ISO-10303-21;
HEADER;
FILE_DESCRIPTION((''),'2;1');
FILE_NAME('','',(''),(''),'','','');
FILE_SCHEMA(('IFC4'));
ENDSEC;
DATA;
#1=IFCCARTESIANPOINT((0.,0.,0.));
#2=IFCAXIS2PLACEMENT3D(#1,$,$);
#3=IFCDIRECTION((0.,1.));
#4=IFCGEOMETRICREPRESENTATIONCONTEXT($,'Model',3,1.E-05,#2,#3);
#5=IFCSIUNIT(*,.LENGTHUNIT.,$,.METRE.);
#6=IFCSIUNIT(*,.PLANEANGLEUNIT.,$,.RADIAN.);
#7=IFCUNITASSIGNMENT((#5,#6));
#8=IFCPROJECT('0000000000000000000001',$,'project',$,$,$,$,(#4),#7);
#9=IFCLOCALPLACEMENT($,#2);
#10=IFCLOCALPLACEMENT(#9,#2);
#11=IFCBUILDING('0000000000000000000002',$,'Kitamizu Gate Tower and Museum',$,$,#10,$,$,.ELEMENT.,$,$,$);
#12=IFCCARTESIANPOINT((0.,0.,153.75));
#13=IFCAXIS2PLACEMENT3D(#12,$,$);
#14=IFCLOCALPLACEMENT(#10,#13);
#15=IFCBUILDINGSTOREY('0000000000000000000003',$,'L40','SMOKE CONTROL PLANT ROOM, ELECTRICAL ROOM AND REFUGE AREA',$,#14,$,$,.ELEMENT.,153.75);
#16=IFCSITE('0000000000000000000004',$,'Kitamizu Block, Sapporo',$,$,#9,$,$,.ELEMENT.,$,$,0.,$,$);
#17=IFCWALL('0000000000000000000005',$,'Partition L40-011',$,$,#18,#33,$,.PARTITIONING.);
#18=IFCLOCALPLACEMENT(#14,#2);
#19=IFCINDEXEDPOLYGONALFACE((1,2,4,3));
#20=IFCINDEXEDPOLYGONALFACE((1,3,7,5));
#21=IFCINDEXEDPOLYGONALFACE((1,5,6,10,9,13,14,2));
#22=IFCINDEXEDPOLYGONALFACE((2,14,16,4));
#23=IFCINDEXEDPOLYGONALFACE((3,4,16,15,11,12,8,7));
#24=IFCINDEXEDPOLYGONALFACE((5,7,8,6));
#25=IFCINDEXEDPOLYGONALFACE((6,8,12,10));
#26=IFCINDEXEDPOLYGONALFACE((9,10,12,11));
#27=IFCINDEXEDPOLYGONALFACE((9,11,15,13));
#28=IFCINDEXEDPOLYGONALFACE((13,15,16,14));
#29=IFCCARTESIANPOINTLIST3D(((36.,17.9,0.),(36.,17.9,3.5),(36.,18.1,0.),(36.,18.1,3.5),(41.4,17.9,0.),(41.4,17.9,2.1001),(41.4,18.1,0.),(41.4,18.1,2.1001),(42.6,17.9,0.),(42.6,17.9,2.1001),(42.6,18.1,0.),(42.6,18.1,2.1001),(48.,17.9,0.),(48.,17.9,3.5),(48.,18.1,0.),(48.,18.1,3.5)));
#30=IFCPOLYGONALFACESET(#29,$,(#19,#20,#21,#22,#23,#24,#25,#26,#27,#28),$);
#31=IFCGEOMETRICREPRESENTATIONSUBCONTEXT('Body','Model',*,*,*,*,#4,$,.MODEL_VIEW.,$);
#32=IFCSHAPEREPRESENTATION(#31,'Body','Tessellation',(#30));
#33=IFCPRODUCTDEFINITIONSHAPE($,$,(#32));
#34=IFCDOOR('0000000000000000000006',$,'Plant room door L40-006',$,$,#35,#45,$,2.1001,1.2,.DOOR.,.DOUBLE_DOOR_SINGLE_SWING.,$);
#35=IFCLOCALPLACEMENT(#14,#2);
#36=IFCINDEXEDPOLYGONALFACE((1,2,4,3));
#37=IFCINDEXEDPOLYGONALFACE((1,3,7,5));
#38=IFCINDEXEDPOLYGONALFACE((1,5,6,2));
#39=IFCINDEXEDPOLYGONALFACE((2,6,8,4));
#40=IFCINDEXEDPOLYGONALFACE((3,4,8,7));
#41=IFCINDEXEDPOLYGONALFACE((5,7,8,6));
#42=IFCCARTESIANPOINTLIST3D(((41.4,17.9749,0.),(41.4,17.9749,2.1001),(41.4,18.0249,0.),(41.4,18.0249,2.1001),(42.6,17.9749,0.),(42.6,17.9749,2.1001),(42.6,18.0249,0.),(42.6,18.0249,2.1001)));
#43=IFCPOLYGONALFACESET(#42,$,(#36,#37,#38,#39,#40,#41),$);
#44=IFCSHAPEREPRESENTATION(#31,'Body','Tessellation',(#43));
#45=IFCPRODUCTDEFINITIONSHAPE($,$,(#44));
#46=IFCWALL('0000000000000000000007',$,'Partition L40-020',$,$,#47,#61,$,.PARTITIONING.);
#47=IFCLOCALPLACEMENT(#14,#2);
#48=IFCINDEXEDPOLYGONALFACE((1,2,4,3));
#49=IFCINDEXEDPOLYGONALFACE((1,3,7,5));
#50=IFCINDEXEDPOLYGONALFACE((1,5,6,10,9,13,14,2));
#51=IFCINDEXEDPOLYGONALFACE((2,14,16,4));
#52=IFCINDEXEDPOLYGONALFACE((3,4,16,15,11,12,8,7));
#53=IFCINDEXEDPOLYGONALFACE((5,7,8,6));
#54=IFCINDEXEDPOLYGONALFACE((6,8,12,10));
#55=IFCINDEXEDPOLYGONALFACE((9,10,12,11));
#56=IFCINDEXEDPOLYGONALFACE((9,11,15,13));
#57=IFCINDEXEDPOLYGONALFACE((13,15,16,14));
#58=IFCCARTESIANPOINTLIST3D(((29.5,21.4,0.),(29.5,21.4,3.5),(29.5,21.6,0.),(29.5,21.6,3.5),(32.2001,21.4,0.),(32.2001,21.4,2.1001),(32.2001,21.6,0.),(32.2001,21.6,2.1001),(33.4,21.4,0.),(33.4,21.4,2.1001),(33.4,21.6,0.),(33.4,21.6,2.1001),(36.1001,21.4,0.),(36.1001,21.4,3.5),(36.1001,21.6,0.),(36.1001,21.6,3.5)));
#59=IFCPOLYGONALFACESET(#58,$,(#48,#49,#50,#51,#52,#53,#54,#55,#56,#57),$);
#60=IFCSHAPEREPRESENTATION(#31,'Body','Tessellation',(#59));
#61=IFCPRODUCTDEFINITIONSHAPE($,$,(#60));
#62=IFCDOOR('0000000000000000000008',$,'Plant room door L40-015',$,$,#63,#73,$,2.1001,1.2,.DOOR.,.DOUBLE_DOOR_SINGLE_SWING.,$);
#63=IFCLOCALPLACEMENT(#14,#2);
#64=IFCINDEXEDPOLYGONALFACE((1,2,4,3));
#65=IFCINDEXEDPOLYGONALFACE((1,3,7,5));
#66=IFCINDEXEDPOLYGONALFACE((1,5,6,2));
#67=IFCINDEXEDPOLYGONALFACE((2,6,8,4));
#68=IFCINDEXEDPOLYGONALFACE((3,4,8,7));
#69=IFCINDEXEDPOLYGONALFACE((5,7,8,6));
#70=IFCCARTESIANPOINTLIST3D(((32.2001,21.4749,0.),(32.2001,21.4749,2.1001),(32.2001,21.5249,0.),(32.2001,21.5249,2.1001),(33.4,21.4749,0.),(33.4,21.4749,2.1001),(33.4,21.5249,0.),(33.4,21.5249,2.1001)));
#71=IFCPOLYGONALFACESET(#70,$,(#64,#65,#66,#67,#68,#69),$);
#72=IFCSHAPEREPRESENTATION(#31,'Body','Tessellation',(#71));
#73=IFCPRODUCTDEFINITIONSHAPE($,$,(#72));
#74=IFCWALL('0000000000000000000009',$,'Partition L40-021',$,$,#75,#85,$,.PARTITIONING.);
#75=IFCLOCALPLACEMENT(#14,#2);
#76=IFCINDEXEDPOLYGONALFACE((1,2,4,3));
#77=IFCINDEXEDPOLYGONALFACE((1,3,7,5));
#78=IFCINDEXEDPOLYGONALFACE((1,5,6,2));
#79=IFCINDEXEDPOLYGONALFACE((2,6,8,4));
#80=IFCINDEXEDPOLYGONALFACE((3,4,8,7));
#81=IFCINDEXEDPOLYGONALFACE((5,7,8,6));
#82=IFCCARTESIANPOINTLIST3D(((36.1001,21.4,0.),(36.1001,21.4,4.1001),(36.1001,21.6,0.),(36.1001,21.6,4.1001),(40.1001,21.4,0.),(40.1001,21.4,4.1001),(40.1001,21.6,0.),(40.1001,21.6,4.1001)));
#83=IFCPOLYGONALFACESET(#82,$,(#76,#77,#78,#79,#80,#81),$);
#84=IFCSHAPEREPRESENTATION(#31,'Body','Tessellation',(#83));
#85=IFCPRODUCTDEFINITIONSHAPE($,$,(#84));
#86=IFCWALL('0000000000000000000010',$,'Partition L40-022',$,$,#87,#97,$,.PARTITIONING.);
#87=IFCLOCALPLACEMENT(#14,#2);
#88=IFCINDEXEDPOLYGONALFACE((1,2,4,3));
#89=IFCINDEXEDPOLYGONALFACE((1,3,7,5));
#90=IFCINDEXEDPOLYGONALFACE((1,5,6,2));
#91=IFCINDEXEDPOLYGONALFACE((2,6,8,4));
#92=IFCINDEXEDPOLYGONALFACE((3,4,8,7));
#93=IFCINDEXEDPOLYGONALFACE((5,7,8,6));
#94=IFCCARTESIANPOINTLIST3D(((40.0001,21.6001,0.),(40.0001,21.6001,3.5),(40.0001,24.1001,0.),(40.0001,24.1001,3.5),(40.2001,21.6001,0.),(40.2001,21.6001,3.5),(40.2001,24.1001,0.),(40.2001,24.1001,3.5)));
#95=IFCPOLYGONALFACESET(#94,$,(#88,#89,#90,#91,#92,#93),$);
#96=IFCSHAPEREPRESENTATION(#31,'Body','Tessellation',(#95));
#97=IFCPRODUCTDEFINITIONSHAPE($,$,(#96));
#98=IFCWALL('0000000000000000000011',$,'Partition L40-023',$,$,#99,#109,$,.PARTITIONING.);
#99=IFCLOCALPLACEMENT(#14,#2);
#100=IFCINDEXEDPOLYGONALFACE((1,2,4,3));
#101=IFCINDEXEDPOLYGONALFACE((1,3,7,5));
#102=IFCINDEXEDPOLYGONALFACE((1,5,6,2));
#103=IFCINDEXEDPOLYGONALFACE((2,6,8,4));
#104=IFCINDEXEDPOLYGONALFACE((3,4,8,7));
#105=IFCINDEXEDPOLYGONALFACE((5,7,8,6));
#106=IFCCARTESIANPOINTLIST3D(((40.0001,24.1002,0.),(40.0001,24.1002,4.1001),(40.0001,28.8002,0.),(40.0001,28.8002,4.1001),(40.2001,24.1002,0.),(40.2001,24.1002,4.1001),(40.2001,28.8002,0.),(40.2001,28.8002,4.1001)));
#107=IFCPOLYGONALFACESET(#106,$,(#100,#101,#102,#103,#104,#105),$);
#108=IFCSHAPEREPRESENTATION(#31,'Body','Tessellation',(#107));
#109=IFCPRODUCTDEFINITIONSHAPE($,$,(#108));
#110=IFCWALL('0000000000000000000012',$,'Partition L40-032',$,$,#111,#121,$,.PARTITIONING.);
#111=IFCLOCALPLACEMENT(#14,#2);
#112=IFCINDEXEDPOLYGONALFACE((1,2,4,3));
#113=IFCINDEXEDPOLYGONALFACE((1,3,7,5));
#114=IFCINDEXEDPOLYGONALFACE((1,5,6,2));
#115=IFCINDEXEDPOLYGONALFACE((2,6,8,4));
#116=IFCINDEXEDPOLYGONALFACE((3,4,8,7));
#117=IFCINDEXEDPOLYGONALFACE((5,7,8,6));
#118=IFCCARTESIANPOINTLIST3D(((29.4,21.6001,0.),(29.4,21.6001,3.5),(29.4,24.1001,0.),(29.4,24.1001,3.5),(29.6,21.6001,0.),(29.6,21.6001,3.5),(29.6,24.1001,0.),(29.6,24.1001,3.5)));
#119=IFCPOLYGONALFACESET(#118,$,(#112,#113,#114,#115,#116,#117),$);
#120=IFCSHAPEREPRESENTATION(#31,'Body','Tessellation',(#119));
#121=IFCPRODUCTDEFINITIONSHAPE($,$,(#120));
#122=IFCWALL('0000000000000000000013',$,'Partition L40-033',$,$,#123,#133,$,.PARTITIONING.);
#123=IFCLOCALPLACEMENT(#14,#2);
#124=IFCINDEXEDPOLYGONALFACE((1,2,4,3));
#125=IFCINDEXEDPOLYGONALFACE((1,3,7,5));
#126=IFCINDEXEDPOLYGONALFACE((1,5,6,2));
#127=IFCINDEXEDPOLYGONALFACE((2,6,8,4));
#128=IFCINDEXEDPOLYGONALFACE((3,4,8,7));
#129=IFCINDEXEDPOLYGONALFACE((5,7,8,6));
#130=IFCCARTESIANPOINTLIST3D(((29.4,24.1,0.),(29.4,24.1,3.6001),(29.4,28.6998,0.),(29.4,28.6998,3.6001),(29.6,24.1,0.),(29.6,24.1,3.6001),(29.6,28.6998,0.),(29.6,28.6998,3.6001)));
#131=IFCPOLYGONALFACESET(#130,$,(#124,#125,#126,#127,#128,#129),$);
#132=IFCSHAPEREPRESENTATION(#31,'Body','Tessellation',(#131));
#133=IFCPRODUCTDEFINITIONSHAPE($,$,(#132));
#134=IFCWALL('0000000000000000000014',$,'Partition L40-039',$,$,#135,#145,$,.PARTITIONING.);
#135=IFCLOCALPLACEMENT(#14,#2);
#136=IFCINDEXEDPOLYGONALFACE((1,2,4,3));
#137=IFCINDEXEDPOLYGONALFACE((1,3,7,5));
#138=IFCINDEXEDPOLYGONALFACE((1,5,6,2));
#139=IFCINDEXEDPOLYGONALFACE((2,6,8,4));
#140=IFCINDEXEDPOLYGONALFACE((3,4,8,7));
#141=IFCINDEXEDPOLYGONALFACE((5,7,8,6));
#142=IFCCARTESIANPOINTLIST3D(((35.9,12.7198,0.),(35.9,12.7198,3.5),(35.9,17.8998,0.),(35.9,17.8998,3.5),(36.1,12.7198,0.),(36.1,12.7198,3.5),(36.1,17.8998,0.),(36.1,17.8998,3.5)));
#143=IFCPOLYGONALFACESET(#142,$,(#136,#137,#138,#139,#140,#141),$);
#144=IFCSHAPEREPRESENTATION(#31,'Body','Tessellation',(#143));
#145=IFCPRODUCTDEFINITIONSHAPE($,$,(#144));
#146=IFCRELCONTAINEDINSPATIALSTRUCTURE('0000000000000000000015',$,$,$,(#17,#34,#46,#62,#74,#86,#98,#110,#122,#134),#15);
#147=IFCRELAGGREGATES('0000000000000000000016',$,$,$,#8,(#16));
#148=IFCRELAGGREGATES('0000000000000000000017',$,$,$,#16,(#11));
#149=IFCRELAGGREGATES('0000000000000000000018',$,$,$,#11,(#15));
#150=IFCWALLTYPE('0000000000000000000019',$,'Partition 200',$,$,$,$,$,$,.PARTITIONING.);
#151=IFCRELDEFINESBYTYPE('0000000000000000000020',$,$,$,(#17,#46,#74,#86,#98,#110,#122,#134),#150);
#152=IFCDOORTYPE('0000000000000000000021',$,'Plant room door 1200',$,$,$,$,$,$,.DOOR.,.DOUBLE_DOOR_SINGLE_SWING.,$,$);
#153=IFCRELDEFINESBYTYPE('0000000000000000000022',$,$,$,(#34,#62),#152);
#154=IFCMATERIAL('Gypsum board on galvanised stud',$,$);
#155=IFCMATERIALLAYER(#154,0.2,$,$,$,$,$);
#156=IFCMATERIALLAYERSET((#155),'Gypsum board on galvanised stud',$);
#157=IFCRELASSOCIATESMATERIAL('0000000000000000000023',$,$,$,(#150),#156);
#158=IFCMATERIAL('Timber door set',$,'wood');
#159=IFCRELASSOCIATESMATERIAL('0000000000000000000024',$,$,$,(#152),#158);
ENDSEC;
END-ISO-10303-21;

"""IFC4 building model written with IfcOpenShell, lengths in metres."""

from ifc_helpers import new_model, si_unit, direction, frame, frame_2d, origin, place, context, subcontext, project, spatial, rectangle, extrude, material, layer, layer_set, type_object, element, fill, save


model = new_model("IFC4")

# Units and contexts
model_context = context("Model", 3, precision=1e-05, world=origin(), true_north=direction((0.0, 1.0)))
body_context = subcontext(model_context, "Body", "Model", "MODEL_VIEW")
ifc_project = project(units=[si_unit("LENGTHUNIT", "METRE"), si_unit("PLANEANGLEUNIT", "RADIAN")], contexts=[model_context])

# Site, building, storey
site_placement = place(None, origin())
site = spatial("IfcSite", under=ifc_project, at=site_placement, Name="Kitamizu Block, Sapporo", CompositionType="ELEMENT", RefElevation=0.0)
building_placement = place(site_placement, origin())
building = spatial("IfcBuilding", under=site, at=building_placement, Name="Kitamizu Gate Tower and Museum", CompositionType="ELEMENT")
storey_placement = place(building_placement, frame((0.0, 0.0, 153.75)))
storey = spatial("IfcBuildingStorey", under=building, at=storey_placement, Name="L40", Description="SMOKE CONTROL PLANT ROOM, ELECTRICAL ROOM AND REFUGE AREA", CompositionType="ELEMENT", Elevation=153.75)

# Shared definitions
ifc_material_1 = material(Name="Gypsum board on galvanised stud")
ifc_layer = layer(ifc_material_1, 0.2)
ifc_layer_set = layer_set([ifc_layer], Name="Gypsum board on galvanised stud")
wall_type = type_object("IfcWallType", Name="Partition 200", PredefinedType="PARTITIONING", material=ifc_layer_set)

# Walls, openings, doors
wall_1_placement = place(storey_placement, frame((36.0, 18.0, 0.0), z_axis=(0.0, 0.0, 1.0), x_axis=(1.0, 0.0, 0.0)))
wall_1 = element("IfcWall", 1, at=wall_1_placement, inside=storey, type_object=wall_type, Name="Partition L40-011", PredefinedType="PARTITIONING", context=body_context, shape_type="SweptSolid", body=[
    extrude(rectangle(XDim=12.0, YDim=0.2, at=frame_2d((6.0, 0.0))), origin(), (0.0, 0.0, 1.0), 3.5),
])
opening_1_placement = place(wall_1_placement, frame((5.3999, 0.0, 0.0)))
opening_1 = element("IfcOpeningElement", 2, at=opening_1_placement, cuts=wall_1, PredefinedType="OPENING", context=body_context, shape_type="SweptSolid", body=[
    extrude(rectangle(XDim=1.2, YDim=2.1001, at=frame_2d((0.6001, 1.05))), frame((0.0, 0.1099, 0.0), z_axis=(0.0, -1.0, 0.0), x_axis=(1.0, 0.0, 0.0)), (0.0, 0.0, 1.0), 0.22),
])
ifc_material_2 = material(Name="Timber door set", Category="wood")
door_type_1 = type_object("IfcDoorType", Name="Plant room door 1200", OperationType="DOUBLE_DOOR_SINGLE_SWING", PredefinedType="DOOR", material=ifc_material_2)
door_1_placement = place(opening_1_placement, origin())
door_1 = element("IfcDoor", 3, at=door_1_placement, inside=storey, type_object=door_type_1, Name="Plant room door L40-006", OperationType="DOUBLE_DOOR_SINGLE_SWING", OverallHeight=2.1001, OverallWidth=1.2, PredefinedType="DOOR", context=body_context, shape_type="SweptSolid", body=[
    extrude(rectangle(XDim=1.2, YDim=2.1001, at=frame_2d((0.6001, 1.05))), frame((0.0, 0.0249, 0.0), z_axis=(0.0, -1.0, 0.0), x_axis=(1.0, 0.0, 0.0)), (0.0, 0.0, 1.0), 0.05),
])
fill(opening_1, door_1)
wall_2_placement = place(storey_placement, frame((29.5, 21.5, 0.0), z_axis=(0.0, 0.0, 1.0), x_axis=(1.0, 0.0, 0.0)))
wall_2 = element("IfcWall", 4, at=wall_2_placement, inside=storey, type_object=wall_type, Name="Partition L40-020", PredefinedType="PARTITIONING", context=body_context, shape_type="SweptSolid", body=[
    extrude(rectangle(XDim=6.6001, YDim=0.2, at=frame_2d((3.3, 0.0))), origin(), (0.0, 0.0, 1.0), 3.5),
])
opening_2_placement = place(wall_2_placement, frame((2.7, 0.0, 0.0)))
opening_2 = element("IfcOpeningElement", 5, at=opening_2_placement, cuts=wall_2, PredefinedType="OPENING", context=body_context, shape_type="SweptSolid", body=[
    extrude(rectangle(XDim=1.2, YDim=2.1001, at=frame_2d((0.6001, 1.05))), frame((0.0, 0.1099, 0.0), z_axis=(0.0, -1.0, 0.0), x_axis=(1.0, 0.0, 0.0)), (0.0, 0.0, 1.0), 0.22),
])
door_2_placement = place(opening_2_placement, origin())
door_2 = element("IfcDoor", 6, at=door_2_placement, inside=storey, type_object=door_type_1, Name="Plant room door L40-015", OperationType="DOUBLE_DOOR_SINGLE_SWING", OverallHeight=2.1001, OverallWidth=1.2, PredefinedType="DOOR", context=body_context, shape_type="SweptSolid", body=[
    extrude(rectangle(XDim=1.2, YDim=2.1001, at=frame_2d((0.6001, 1.05))), frame((0.0, 0.0249, 0.0), z_axis=(0.0, -1.0, 0.0), x_axis=(1.0, 0.0, 0.0)), (0.0, 0.0, 1.0), 0.05),
])
fill(opening_2, door_2)

# Walls
wall_3_placement = place(storey_placement, frame((36.1001, 21.5, 0.0), z_axis=(0.0, 0.0, 1.0), x_axis=(1.0, 0.0, 0.0)))
element("IfcWall", 7, at=wall_3_placement, inside=storey, type_object=wall_type, Name="Partition L40-021", PredefinedType="PARTITIONING", context=body_context, shape_type="SweptSolid", body=[
    extrude(rectangle(XDim=4.0, YDim=0.2, at=frame_2d((2.0, 0.0))), origin(), (0.0, 0.0, 1.0), 4.1001),
])
wall_4_placement = place(storey_placement, frame((40.1001, 21.6001, 0.0), z_axis=(0.0, 0.0, 1.0), x_axis=(0.0, 1.0, 0.0)))
element("IfcWall", 8, at=wall_4_placement, inside=storey, type_object=wall_type, Name="Partition L40-022", PredefinedType="PARTITIONING", context=body_context, shape_type="SweptSolid", body=[
    extrude(rectangle(XDim=2.5, YDim=0.2, at=frame_2d((1.25, 0.0))), origin(), (0.0, 0.0, 1.0), 3.5),
])
wall_5_placement = place(storey_placement, frame((40.1001, 24.1001, 0.0), z_axis=(0.0, 0.0, 1.0), x_axis=(0.0, 1.0, 0.0)))
element("IfcWall", 9, at=wall_5_placement, inside=storey, type_object=wall_type, Name="Partition L40-023", PredefinedType="PARTITIONING", context=body_context, shape_type="SweptSolid", body=[
    extrude(rectangle(XDim=4.7, YDim=0.2, at=frame_2d((2.3501, 0.0))), origin(), (0.0, 0.0, 1.0), 4.1001),
])
wall_6_placement = place(storey_placement, frame((29.5, 21.6001, 0.0), z_axis=(0.0, 0.0, 1.0), x_axis=(0.0, 1.0, 0.0)))
element("IfcWall", 10, at=wall_6_placement, inside=storey, type_object=wall_type, Name="Partition L40-032", PredefinedType="PARTITIONING", context=body_context, shape_type="SweptSolid", body=[
    extrude(rectangle(XDim=2.5, YDim=0.2, at=frame_2d((1.25, 0.0))), origin(), (0.0, 0.0, 1.0), 3.5),
])
wall_7_placement = place(storey_placement, frame((29.5, 24.1001, 0.0), z_axis=(0.0, 0.0, 1.0), x_axis=(0.0, 1.0, 0.0)))
element("IfcWall", 11, at=wall_7_placement, inside=storey, type_object=wall_type, Name="Partition L40-033", PredefinedType="PARTITIONING", context=body_context, shape_type="SweptSolid", body=[
    extrude(rectangle(XDim=4.5999, YDim=0.2, at=frame_2d((2.2998, 0.0))), origin(), (0.0, 0.0, 1.0), 3.6001),
])
wall_8_placement = place(storey_placement, frame((36.0, 12.72, 0.0), z_axis=(0.0, 0.0, 1.0), x_axis=(0.0, 1.0, 0.0)))
element("IfcWall", 12, at=wall_8_placement, inside=storey, type_object=wall_type, Name="Partition L40-039", PredefinedType="PARTITIONING", context=body_context, shape_type="SweptSolid", body=[
    extrude(rectangle(XDim=5.1799, YDim=0.2, at=frame_2d((2.5898, 0.0))), origin(), (0.0, 0.0, 1.0), 3.5),
])

save(model, "model.ifc")
